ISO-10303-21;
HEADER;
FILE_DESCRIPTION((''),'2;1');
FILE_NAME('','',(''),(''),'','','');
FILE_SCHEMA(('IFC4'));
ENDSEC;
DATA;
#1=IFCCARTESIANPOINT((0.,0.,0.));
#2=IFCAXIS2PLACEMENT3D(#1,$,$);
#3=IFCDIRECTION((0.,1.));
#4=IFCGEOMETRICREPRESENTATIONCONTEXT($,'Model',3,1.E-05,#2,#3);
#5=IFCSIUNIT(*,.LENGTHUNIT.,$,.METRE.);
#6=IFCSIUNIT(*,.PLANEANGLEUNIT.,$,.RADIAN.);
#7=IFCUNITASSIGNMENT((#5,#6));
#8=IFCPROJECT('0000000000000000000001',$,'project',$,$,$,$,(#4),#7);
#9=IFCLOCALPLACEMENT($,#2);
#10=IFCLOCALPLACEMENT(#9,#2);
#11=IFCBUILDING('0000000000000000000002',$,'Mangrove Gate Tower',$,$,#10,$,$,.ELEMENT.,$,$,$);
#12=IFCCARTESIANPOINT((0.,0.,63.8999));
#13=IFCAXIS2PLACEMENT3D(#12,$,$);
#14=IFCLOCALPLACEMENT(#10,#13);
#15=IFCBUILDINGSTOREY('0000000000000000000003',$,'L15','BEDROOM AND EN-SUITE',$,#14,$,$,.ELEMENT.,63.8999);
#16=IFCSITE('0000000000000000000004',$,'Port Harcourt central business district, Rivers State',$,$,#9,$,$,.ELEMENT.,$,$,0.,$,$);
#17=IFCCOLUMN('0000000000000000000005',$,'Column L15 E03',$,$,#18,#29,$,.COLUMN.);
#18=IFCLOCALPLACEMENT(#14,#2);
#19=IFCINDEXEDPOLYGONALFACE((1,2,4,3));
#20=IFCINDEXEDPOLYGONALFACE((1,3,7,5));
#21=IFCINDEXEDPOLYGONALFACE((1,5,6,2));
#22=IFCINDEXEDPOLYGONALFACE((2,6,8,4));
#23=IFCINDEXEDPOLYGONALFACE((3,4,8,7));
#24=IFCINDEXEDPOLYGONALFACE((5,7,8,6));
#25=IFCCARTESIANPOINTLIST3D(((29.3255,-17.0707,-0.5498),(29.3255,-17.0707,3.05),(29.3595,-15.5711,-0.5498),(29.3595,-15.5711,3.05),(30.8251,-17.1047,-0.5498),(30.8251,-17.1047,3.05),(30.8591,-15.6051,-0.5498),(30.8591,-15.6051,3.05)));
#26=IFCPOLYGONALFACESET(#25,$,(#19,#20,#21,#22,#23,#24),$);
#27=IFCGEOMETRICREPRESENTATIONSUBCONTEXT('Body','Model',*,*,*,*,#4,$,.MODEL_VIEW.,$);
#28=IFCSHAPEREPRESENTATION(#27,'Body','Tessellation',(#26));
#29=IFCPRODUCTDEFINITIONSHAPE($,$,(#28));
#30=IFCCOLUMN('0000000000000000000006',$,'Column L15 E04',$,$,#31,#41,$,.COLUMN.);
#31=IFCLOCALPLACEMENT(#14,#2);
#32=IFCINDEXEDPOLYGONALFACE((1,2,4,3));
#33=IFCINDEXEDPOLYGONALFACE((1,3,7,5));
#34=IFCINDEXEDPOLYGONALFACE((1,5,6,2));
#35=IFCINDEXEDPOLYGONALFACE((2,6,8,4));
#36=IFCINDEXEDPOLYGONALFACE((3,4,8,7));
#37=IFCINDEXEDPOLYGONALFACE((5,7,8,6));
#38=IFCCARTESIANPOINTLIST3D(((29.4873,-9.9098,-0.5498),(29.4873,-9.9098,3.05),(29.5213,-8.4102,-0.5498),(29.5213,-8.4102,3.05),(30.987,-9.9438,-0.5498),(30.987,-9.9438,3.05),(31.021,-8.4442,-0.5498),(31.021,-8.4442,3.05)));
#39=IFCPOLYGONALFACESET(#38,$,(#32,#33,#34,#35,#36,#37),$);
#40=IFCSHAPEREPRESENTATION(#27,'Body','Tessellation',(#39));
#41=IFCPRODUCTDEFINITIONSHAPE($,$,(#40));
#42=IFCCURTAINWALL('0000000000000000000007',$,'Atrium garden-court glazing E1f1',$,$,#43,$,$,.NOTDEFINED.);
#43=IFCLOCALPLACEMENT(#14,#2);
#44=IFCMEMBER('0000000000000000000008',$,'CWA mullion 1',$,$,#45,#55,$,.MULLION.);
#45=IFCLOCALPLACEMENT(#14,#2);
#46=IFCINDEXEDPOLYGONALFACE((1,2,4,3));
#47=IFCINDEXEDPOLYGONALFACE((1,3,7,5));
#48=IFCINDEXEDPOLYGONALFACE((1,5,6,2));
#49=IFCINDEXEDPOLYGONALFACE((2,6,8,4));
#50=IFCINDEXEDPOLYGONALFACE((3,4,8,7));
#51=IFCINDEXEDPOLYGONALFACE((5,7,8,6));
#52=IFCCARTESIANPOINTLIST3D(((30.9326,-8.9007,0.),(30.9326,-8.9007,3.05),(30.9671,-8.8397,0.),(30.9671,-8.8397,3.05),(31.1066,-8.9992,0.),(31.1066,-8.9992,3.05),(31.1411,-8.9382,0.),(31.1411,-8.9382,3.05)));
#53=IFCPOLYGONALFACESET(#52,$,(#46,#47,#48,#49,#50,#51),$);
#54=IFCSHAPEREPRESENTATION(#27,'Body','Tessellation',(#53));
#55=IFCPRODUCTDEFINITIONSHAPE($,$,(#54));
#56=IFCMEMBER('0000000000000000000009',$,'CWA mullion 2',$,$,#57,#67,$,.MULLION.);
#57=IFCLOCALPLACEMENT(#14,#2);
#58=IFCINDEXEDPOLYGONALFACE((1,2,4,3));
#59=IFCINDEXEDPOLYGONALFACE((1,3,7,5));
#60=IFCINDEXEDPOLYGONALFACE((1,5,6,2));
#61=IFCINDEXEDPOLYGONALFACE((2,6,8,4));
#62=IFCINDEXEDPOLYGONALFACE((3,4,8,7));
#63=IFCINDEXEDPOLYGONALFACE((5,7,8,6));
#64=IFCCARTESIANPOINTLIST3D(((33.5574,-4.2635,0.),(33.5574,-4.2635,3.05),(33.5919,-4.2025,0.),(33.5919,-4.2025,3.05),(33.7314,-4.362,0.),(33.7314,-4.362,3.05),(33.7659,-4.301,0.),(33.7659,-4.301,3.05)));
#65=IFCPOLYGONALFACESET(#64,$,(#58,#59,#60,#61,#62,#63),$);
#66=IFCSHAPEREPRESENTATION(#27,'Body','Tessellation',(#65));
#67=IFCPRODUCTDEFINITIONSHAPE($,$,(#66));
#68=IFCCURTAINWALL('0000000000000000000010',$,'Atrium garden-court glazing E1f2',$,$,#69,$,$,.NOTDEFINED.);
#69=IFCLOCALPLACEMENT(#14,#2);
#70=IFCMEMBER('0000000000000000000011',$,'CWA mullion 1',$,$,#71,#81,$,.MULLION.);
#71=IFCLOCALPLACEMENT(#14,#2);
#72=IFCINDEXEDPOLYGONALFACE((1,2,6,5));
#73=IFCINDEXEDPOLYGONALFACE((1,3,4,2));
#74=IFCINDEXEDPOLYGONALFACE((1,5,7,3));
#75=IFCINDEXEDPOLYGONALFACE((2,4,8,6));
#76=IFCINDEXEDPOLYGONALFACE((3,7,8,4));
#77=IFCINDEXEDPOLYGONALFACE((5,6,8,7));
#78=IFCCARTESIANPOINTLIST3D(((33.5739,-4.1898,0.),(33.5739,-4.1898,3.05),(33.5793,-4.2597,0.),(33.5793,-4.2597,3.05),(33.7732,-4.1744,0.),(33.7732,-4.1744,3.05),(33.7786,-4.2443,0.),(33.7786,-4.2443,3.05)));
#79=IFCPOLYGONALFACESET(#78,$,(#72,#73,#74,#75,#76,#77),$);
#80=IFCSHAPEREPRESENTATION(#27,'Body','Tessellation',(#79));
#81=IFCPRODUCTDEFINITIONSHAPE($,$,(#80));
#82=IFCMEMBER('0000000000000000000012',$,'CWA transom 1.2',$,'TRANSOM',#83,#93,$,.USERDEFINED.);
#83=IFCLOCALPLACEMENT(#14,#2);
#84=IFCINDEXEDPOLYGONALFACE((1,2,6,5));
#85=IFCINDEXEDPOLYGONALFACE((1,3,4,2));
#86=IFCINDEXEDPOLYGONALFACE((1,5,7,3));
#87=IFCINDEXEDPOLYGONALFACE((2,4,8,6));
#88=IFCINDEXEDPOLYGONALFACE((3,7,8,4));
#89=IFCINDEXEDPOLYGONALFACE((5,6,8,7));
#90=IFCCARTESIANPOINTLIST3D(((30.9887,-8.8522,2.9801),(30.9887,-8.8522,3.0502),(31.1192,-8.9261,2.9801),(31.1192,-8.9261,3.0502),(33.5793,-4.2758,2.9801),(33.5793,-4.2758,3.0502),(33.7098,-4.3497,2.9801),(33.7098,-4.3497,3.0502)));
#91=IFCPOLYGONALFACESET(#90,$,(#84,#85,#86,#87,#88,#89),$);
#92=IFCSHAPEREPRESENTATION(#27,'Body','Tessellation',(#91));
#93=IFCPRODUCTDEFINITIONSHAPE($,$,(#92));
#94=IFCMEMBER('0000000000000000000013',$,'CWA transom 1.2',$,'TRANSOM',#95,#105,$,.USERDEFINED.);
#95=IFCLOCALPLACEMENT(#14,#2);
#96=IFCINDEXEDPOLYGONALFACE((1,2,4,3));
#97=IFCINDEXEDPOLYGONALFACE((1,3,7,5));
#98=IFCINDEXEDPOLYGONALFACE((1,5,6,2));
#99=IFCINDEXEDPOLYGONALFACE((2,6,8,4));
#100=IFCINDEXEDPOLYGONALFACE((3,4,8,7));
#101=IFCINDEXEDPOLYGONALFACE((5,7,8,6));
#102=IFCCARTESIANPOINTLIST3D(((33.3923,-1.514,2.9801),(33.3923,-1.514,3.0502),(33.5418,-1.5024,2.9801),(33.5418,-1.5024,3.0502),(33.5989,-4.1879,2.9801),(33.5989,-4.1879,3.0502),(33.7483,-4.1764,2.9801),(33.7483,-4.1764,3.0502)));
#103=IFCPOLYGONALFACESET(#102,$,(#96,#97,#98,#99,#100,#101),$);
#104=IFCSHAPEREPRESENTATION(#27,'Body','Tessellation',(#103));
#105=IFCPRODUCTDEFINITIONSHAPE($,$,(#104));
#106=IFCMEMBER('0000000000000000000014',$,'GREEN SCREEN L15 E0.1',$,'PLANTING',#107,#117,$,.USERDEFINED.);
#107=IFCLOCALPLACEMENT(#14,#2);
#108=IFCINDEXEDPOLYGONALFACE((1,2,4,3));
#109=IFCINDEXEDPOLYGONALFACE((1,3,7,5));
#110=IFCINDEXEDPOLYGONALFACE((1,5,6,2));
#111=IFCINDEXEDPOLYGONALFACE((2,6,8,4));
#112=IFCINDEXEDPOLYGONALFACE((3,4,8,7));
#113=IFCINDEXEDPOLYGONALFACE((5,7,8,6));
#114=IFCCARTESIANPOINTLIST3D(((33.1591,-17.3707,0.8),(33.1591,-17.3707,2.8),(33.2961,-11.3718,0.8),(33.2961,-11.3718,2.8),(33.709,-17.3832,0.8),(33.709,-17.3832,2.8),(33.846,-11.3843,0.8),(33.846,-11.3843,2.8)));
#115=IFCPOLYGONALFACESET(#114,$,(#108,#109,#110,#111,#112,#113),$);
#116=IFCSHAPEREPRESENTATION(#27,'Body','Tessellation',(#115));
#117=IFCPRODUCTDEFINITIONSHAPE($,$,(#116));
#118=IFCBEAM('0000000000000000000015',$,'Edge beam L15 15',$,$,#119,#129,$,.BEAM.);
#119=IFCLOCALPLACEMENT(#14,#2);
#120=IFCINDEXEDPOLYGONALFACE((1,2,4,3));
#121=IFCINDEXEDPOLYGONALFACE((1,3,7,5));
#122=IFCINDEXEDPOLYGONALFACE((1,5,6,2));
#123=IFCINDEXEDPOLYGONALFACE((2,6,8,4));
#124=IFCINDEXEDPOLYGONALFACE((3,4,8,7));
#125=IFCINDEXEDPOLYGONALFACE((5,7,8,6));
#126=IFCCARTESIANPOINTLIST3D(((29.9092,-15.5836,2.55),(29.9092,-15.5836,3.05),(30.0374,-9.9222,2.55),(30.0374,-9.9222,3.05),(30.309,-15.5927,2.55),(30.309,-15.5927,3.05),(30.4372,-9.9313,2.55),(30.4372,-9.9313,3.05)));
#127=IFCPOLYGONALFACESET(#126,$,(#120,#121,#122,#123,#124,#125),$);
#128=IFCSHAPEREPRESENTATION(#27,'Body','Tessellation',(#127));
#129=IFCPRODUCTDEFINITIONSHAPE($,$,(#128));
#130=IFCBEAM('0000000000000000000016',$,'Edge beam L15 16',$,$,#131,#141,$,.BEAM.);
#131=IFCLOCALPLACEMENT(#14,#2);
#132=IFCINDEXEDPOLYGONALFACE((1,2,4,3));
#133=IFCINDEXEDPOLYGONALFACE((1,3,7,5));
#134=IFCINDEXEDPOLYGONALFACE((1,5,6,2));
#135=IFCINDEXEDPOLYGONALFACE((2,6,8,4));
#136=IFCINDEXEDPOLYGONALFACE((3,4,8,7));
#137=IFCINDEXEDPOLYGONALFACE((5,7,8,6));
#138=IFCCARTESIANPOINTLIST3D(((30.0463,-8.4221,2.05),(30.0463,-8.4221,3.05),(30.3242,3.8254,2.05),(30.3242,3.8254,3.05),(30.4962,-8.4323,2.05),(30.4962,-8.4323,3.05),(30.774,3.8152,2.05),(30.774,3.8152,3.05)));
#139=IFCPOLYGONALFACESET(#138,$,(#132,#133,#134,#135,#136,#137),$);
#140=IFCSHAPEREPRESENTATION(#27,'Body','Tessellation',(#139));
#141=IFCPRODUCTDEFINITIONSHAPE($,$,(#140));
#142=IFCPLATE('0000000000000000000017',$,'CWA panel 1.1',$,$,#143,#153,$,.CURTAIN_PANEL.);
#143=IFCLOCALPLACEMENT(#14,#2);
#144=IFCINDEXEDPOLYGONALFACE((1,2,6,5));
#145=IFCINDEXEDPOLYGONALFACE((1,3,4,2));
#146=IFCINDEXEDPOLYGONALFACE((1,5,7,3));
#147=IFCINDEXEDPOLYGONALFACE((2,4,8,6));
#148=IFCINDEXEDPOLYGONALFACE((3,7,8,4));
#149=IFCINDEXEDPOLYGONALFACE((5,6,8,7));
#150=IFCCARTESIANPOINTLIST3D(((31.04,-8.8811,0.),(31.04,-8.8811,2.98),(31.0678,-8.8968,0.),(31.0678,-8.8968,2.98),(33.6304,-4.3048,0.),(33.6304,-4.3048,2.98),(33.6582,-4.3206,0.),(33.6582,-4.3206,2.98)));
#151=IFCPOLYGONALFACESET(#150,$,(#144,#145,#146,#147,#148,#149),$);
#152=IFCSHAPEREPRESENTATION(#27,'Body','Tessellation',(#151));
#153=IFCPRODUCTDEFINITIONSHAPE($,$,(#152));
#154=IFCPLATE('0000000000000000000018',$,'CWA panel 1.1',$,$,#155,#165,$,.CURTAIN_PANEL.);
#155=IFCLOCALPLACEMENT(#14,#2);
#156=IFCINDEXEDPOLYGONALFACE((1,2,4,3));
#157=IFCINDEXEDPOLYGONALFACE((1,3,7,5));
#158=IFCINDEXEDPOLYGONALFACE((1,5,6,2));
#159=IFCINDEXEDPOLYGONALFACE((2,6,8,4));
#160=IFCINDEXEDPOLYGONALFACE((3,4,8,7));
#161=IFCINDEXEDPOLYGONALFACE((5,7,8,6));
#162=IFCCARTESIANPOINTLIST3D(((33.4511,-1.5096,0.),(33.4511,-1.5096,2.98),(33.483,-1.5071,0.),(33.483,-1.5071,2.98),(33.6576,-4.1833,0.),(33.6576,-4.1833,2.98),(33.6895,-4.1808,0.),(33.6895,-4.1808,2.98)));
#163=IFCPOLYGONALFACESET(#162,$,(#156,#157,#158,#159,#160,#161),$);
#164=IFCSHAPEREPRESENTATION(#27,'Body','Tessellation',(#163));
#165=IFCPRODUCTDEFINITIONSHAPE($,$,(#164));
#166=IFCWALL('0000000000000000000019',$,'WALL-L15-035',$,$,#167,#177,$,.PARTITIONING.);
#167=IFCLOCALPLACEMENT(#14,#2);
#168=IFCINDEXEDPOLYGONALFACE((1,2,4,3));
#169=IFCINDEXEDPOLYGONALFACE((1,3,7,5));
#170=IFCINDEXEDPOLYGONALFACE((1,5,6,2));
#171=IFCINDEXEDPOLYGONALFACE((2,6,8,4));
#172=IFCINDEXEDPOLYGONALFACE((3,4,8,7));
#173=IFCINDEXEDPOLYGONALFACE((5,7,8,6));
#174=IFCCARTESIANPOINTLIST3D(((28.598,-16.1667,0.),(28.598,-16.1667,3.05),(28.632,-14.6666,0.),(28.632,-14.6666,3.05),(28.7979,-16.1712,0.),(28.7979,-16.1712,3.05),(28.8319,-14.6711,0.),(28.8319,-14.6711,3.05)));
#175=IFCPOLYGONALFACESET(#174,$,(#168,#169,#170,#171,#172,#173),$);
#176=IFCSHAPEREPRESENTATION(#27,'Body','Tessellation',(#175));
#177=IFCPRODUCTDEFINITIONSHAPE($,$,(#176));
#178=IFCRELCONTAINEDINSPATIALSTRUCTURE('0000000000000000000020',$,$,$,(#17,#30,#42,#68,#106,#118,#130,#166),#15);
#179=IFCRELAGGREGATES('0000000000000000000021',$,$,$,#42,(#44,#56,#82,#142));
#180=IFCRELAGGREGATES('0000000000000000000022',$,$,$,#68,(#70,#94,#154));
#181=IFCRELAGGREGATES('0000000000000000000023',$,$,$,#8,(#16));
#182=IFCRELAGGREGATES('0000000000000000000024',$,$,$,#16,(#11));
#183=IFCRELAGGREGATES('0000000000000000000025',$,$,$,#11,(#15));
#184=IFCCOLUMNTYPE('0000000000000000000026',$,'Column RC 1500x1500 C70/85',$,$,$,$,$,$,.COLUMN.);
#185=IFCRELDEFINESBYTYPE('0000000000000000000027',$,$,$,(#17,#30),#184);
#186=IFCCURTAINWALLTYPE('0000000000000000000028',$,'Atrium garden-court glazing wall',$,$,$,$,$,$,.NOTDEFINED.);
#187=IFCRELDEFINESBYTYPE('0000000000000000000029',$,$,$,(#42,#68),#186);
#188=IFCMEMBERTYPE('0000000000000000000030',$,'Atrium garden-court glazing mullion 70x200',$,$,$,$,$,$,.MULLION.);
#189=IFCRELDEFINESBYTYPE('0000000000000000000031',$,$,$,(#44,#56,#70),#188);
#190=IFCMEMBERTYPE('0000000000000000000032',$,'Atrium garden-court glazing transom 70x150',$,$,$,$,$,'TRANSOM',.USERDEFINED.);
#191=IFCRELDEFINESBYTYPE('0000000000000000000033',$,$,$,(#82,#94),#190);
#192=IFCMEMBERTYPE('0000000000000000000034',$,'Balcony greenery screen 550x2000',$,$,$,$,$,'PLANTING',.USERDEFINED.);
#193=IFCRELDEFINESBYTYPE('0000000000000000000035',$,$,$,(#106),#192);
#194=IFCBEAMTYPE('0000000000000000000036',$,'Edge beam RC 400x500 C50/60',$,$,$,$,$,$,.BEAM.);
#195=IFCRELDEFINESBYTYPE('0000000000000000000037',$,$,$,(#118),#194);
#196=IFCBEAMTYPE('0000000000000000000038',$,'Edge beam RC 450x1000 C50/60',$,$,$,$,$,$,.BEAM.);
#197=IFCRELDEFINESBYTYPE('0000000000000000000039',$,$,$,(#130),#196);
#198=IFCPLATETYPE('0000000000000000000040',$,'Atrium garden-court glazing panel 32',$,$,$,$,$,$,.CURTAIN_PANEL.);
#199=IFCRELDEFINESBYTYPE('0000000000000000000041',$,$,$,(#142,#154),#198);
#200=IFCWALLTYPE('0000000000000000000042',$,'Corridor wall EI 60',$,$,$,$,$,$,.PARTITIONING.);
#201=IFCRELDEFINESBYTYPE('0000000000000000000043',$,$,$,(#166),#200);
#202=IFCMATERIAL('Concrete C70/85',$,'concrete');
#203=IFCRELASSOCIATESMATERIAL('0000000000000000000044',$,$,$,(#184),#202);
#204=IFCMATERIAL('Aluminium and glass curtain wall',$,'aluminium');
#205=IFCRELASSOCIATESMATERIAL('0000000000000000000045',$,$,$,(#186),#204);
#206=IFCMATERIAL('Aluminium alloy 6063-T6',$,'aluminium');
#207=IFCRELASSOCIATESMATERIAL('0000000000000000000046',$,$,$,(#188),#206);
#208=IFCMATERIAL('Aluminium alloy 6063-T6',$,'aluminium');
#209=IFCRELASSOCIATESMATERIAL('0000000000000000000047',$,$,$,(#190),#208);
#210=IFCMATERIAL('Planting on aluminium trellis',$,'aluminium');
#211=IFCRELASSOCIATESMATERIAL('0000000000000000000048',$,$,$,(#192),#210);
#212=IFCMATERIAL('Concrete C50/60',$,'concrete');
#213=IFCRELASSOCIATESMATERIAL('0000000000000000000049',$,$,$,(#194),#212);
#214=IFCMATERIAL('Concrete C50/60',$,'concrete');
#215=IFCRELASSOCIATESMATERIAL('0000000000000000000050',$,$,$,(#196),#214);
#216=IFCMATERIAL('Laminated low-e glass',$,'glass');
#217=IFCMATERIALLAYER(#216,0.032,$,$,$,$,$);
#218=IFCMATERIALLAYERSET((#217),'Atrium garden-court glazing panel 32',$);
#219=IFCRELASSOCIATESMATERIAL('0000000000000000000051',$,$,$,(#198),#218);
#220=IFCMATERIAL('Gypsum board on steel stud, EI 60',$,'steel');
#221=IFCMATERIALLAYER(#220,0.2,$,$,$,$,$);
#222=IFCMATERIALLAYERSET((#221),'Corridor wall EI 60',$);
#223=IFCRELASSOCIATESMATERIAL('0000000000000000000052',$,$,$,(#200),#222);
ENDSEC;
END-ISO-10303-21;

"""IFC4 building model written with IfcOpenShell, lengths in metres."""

from ifc_helpers import new_model, si_unit, direction, frame, frame_2d, origin, origin_2d, place, context, subcontext, project, spatial, rectangle, extrude, material, layer, layer_set, material_profile, profile_set, type_object, element, aggregate, save


model = new_model("IFC4")

# Units and contexts
model_context = context("Model", 3, precision=1e-05, world=origin(), true_north=direction((0.0, 1.0)))
body_context = subcontext(model_context, "Body", "Model", "MODEL_VIEW")
ifc_project = project(units=[si_unit("LENGTHUNIT", "METRE"), si_unit("PLANEANGLEUNIT", "RADIAN")], contexts=[model_context])

# Site, building, storey
site_placement = place(None, origin())
site = spatial("IfcSite", under=ifc_project, at=site_placement, Name="Port Harcourt central business district, Rivers State", CompositionType="ELEMENT", RefElevation=0.0)
building_placement = place(site_placement, origin())
building = spatial("IfcBuilding", under=site, at=building_placement, Name="Mangrove Gate Tower", CompositionType="ELEMENT")
storey_placement = place(building_placement, frame((0.0, 0.0, 63.8999)))
storey = spatial("IfcBuildingStorey", under=building, at=storey_placement, Name="L15", Description="BEDROOM AND EN-SUITE", CompositionType="ELEMENT", Elevation=63.8999)

# Columns
ifc_material_1 = material(Name="Concrete C70/85", Category="concrete")
ifc_material_profile_1 = material_profile(ifc_material_1, rectangle(XDim=1.5, YDim=1.5, at=origin_2d()))
ifc_profile_set_1 = profile_set([ifc_material_profile_1], Name="Concrete C70/85")
column_type = type_object("IfcColumnType", Name="Column RC 1500x1500 C70/85", PredefinedType="COLUMN", material=ifc_profile_set_1)
for number, where, z_axis, x_axis, name in (
    (1, (30.0923, -16.3379, -0.5498), (0.0, 0.0, 1.0), (0.022688, 0.999743, 0.0), "Column L15 E03"),
    (2, (30.2542, -9.177, -0.5498), (0.0, 0.0, 1.0), (0.022665, 0.999743, 0.0), "Column L15 E04"),
):
    element("IfcColumn", number, at=place(storey_placement, frame(where, z_axis=z_axis, x_axis=x_axis)), inside=storey, type_object=column_type, Name=name, PredefinedType="COLUMN", context=body_context, shape_type="SweptSolid", body=[
        extrude(rectangle(XDim=1.5, YDim=1.5, at=origin_2d()), origin(), (0.0, 0.0, 1.0), 3.5999),
    ])

# Curtain wall, members
ifc_material_2 = material(Name="Aluminium and glass curtain wall", Category="aluminium")
curtain_wall_type = type_object("IfcCurtainWallType", Name="Atrium garden-court glazing wall", PredefinedType="NOTDEFINED", material=ifc_material_2)
curtain_wall_1_placement = place(storey_placement, origin())
curtain_wall_1 = element("IfcCurtainWall", 3, at=curtain_wall_1_placement, inside=storey, type_object=curtain_wall_type, Name="Atrium garden-court glazing E1f1", PredefinedType="NOTDEFINED")
ifc_material_3 = material(Name="Aluminium alloy 6063-T6", Category="aluminium")
ifc_material_profile_2 = material_profile(ifc_material_3, rectangle(XDim=0.0701, YDim=0.2, at=origin_2d()))
ifc_profile_set_2 = profile_set([ifc_material_profile_2], Name="Aluminium alloy 6063-T6")
member_type_1 = type_object("IfcMemberType", Name="Atrium garden-court glazing mullion 70x200", PredefinedType="MULLION", material=ifc_profile_set_2)
member_1_placement = place(storey_placement, frame((31.0369, -8.9194, 0.0), z_axis=(0.0, 0.0, 1.0), x_axis=(0.492604, 0.870254, 0.0)))
member_1 = element("IfcMember", 4, at=member_1_placement, type_object=member_type_1, Name="CWA mullion 1", PredefinedType="MULLION", context=body_context, shape_type="SweptSolid", body=[
    extrude(rectangle(XDim=0.0701, YDim=0.2, at=origin_2d()), origin(), (0.0, 0.0, 1.0), 3.05),
])
member_2_placement = place(storey_placement, frame((33.6616, -4.2822, 0.0), z_axis=(0.0, 0.0, 1.0), x_axis=(0.492604, 0.870254, 0.0)))
member_2 = element("IfcMember", 5, at=member_2_placement, type_object=member_type_1, Name="CWA mullion 2", PredefinedType="MULLION", context=body_context, shape_type="SweptSolid", body=[
    extrude(rectangle(XDim=0.0701, YDim=0.2, at=origin_2d()), origin(), (0.0, 0.0, 1.0), 3.05),
])

# Curtain wall, member
curtain_wall_2_placement = place(storey_placement, origin())
curtain_wall_2 = element("IfcCurtainWall", 6, at=curtain_wall_2_placement, inside=storey, type_object=curtain_wall_type, Name="Atrium garden-court glazing E1f2", PredefinedType="NOTDEFINED")
member_3_placement = place(storey_placement, frame((33.6763, -4.217, 0.0), z_axis=(0.0, 0.0, 1.0), x_axis=(-0.077023, 0.997029, 0.0)))
member_3 = element("IfcMember", 7, at=member_3_placement, type_object=member_type_1, Name="CWA mullion 1", PredefinedType="MULLION", context=body_context, shape_type="SweptSolid", body=[
    extrude(rectangle(XDim=0.0701, YDim=0.2, at=origin_2d()), origin(), (0.0, 0.0, 1.0), 3.05),
])

# Members
ifc_material_4 = material(Name="Aluminium alloy 6063-T6", Category="aluminium")
ifc_material_profile_3 = material_profile(ifc_material_4, rectangle(XDim=0.0701, YDim=0.1499, at=origin_2d()))
ifc_profile_set_3 = profile_set([ifc_material_profile_3], Name="Aluminium alloy 6063-T6")
member_type_2 = type_object("IfcMemberType", Name="Atrium garden-court glazing transom 70x150", ElementType="TRANSOM", PredefinedType="USERDEFINED", material=ifc_profile_set_3)
member_4_placement = place(storey_placement, frame((31.054, -8.8892, 3.0151), z_axis=(0.49262, 0.870244, 0.0), x_axis=(0.0, 0.0, 1.0)))
member_4 = element("IfcMember", 8, at=member_4_placement, type_object=member_type_2, Name="CWA transom 1.2", ObjectType="TRANSOM", PredefinedType="USERDEFINED", context=body_context, shape_type="SweptSolid", body=[
    extrude(rectangle(XDim=0.0701, YDim=0.1499, at=origin_2d()), origin(), (0.0, 0.0, 1.0), 5.2588),
])
member_5_placement = place(storey_placement, frame((33.6736, -4.1821, 3.0151), z_axis=(-0.077017, 0.99703, 0.0), x_axis=(0.0, 0.0, 1.0)))
member_5 = element("IfcMember", 9, at=member_5_placement, type_object=member_type_2, Name="CWA transom 1.2", ObjectType="TRANSOM", PredefinedType="USERDEFINED", context=body_context, shape_type="SweptSolid", body=[
    extrude(rectangle(XDim=0.0701, YDim=0.1499, at=origin_2d()), origin(), (0.0, 0.0, 1.0), 2.6819),
])
ifc_material_5 = material(Name="Planting on aluminium trellis", Category="aluminium")
ifc_material_profile_4 = material_profile(ifc_material_5, rectangle(XDim=0.55, YDim=2.0, at=origin_2d()))
ifc_profile_set_4 = profile_set([ifc_material_profile_4], Name="Planting on aluminium trellis")
member_type_3 = type_object("IfcMemberType", Name="Balcony greenery screen 550x2000", ElementType="PLANTING", PredefinedType="USERDEFINED", material=ifc_profile_set_4)
member_6_placement = place(storey_placement, frame((33.4341, -17.377, 1.8), z_axis=(0.022825, 0.999739, 0.0), x_axis=(-0.999739, 0.022825, 0.0)))
element("IfcMember", 10, at=member_6_placement, inside=storey, type_object=member_type_3, Name="GREEN SCREEN L15 E0.1", ObjectType="PLANTING", PredefinedType="USERDEFINED", context=body_context, shape_type="SweptSolid", body=[
    extrude(rectangle(XDim=0.55, YDim=2.0, at=origin_2d()), origin(), (0.0, 0.0, 1.0), 6.0005),
])

# Beams
ifc_material_6 = material(Name="Concrete C50/60", Category="concrete")
ifc_material_profile_5 = material_profile(ifc_material_6, rectangle(XDim=0.3999, YDim=0.5, at=origin_2d()))
ifc_profile_set_5 = profile_set([ifc_material_profile_5], Name="Concrete C50/60")
beam_type_1 = type_object("IfcBeamType", Name="Edge beam RC 400x500 C50/60", PredefinedType="BEAM", material=ifc_profile_set_5)
beam_1_placement = place(storey_placement, frame((30.1091, -15.5881, 2.8), z_axis=(0.022634, 0.999744, 0.0), x_axis=(-0.999744, 0.022634, 0.0)))
element("IfcBeam", 11, at=beam_1_placement, inside=storey, type_object=beam_type_1, Name="Edge beam L15 15", PredefinedType="BEAM", context=body_context, shape_type="SweptSolid", body=[
    extrude(rectangle(XDim=0.3999, YDim=0.5, at=origin_2d()), origin(), (0.0, 0.0, 1.0), 5.6628),
])
ifc_material_7 = material(Name="Concrete C50/60", Category="concrete")
ifc_material_profile_6 = material_profile(ifc_material_7, rectangle(XDim=0.45, YDim=1.0, at=origin_2d()))
ifc_profile_set_6 = profile_set([ifc_material_profile_6], Name="Concrete C50/60")
beam_type_2 = type_object("IfcBeamType", Name="Edge beam RC 450x1000 C50/60", PredefinedType="BEAM", material=ifc_profile_set_6)
beam_2_placement = place(storey_placement, frame((30.2712, -8.4272, 2.55), z_axis=(0.022679, 0.999743, 0.0), x_axis=(-0.999743, 0.022679, 0.0)))
element("IfcBeam", 12, at=beam_2_placement, inside=storey, type_object=beam_type_2, Name="Edge beam L15 16", PredefinedType="BEAM", context=body_context, shape_type="SweptSolid", body=[
    extrude(rectangle(XDim=0.45, YDim=1.0, at=origin_2d()), origin(), (0.0, 0.0, 1.0), 12.2507),
])

# Plates
ifc_material_8 = material(Name="Laminated low-e glass", Category="glass")
ifc_layer_1 = layer(ifc_material_8, 0.032)
ifc_layer_set_1 = layer_set([ifc_layer_1], Name="Atrium garden-court glazing panel 32")
plate_type = type_object("IfcPlateType", Name="Atrium garden-court glazing panel 32", PredefinedType="CURTAIN_PANEL", material=ifc_layer_set_1)
plate_1_placement = place(storey_placement, frame((32.3491, -6.6008, 0.0), z_axis=(0.0, 0.0, 1.0), x_axis=(0.492604, 0.870254, 0.0)))
plate_1 = element("IfcPlate", 13, at=plate_1_placement, type_object=plate_type, Name="CWA panel 1.1", PredefinedType="CURTAIN_PANEL", context=body_context, shape_type="SweptSolid", body=[
    extrude(rectangle(XDim=5.2585, YDim=0.032, at=origin_2d()), origin(), (0.0, 0.0, 1.0), 2.98),
])
aggregate(curtain_wall_1, [member_1, member_2, member_4, plate_1])
plate_2_placement = place(storey_placement, frame((33.5703, -2.8452, 0.0), z_axis=(0.0, 0.0, 1.0), x_axis=(-0.077023, 0.997029, 0.0)))
plate_2 = element("IfcPlate", 14, at=plate_2_placement, type_object=plate_type, Name="CWA panel 1.1", PredefinedType="CURTAIN_PANEL", context=body_context, shape_type="SweptSolid", body=[
    extrude(rectangle(XDim=2.6816, YDim=0.032, at=origin_2d()), origin(), (0.0, 0.0, 1.0), 2.98),
])
aggregate(curtain_wall_2, [member_3, member_5, plate_2])

# Wall
ifc_material_9 = material(Name="Gypsum board on steel stud, EI 60", Category="steel")
ifc_layer_2 = layer(ifc_material_9, 0.2)
ifc_layer_set_2 = layer_set([ifc_layer_2], Name="Corridor wall EI 60")
wall_type_1 = type_object("IfcWallType", Name="Corridor wall EI 60", PredefinedType="PARTITIONING", material=ifc_layer_set_2)
wall_1_placement = place(storey_placement, frame((28.698, -16.1689, 0.0), z_axis=(0.0, 0.0, 1.0), x_axis=(0.022618, 0.999744, 0.0)))
element("IfcWall", 15, at=wall_1_placement, inside=storey, type_object=wall_type_1, Name="WALL-L15-035", PredefinedType="PARTITIONING", context=body_context, shape_type="SweptSolid", body=[
    extrude(rectangle(XDim=1.5005, YDim=0.2, at=frame_2d((0.7502, 0.0))), origin(), (0.0, 0.0, 1.0), 3.05),
])

save(model, "model.ifc")
